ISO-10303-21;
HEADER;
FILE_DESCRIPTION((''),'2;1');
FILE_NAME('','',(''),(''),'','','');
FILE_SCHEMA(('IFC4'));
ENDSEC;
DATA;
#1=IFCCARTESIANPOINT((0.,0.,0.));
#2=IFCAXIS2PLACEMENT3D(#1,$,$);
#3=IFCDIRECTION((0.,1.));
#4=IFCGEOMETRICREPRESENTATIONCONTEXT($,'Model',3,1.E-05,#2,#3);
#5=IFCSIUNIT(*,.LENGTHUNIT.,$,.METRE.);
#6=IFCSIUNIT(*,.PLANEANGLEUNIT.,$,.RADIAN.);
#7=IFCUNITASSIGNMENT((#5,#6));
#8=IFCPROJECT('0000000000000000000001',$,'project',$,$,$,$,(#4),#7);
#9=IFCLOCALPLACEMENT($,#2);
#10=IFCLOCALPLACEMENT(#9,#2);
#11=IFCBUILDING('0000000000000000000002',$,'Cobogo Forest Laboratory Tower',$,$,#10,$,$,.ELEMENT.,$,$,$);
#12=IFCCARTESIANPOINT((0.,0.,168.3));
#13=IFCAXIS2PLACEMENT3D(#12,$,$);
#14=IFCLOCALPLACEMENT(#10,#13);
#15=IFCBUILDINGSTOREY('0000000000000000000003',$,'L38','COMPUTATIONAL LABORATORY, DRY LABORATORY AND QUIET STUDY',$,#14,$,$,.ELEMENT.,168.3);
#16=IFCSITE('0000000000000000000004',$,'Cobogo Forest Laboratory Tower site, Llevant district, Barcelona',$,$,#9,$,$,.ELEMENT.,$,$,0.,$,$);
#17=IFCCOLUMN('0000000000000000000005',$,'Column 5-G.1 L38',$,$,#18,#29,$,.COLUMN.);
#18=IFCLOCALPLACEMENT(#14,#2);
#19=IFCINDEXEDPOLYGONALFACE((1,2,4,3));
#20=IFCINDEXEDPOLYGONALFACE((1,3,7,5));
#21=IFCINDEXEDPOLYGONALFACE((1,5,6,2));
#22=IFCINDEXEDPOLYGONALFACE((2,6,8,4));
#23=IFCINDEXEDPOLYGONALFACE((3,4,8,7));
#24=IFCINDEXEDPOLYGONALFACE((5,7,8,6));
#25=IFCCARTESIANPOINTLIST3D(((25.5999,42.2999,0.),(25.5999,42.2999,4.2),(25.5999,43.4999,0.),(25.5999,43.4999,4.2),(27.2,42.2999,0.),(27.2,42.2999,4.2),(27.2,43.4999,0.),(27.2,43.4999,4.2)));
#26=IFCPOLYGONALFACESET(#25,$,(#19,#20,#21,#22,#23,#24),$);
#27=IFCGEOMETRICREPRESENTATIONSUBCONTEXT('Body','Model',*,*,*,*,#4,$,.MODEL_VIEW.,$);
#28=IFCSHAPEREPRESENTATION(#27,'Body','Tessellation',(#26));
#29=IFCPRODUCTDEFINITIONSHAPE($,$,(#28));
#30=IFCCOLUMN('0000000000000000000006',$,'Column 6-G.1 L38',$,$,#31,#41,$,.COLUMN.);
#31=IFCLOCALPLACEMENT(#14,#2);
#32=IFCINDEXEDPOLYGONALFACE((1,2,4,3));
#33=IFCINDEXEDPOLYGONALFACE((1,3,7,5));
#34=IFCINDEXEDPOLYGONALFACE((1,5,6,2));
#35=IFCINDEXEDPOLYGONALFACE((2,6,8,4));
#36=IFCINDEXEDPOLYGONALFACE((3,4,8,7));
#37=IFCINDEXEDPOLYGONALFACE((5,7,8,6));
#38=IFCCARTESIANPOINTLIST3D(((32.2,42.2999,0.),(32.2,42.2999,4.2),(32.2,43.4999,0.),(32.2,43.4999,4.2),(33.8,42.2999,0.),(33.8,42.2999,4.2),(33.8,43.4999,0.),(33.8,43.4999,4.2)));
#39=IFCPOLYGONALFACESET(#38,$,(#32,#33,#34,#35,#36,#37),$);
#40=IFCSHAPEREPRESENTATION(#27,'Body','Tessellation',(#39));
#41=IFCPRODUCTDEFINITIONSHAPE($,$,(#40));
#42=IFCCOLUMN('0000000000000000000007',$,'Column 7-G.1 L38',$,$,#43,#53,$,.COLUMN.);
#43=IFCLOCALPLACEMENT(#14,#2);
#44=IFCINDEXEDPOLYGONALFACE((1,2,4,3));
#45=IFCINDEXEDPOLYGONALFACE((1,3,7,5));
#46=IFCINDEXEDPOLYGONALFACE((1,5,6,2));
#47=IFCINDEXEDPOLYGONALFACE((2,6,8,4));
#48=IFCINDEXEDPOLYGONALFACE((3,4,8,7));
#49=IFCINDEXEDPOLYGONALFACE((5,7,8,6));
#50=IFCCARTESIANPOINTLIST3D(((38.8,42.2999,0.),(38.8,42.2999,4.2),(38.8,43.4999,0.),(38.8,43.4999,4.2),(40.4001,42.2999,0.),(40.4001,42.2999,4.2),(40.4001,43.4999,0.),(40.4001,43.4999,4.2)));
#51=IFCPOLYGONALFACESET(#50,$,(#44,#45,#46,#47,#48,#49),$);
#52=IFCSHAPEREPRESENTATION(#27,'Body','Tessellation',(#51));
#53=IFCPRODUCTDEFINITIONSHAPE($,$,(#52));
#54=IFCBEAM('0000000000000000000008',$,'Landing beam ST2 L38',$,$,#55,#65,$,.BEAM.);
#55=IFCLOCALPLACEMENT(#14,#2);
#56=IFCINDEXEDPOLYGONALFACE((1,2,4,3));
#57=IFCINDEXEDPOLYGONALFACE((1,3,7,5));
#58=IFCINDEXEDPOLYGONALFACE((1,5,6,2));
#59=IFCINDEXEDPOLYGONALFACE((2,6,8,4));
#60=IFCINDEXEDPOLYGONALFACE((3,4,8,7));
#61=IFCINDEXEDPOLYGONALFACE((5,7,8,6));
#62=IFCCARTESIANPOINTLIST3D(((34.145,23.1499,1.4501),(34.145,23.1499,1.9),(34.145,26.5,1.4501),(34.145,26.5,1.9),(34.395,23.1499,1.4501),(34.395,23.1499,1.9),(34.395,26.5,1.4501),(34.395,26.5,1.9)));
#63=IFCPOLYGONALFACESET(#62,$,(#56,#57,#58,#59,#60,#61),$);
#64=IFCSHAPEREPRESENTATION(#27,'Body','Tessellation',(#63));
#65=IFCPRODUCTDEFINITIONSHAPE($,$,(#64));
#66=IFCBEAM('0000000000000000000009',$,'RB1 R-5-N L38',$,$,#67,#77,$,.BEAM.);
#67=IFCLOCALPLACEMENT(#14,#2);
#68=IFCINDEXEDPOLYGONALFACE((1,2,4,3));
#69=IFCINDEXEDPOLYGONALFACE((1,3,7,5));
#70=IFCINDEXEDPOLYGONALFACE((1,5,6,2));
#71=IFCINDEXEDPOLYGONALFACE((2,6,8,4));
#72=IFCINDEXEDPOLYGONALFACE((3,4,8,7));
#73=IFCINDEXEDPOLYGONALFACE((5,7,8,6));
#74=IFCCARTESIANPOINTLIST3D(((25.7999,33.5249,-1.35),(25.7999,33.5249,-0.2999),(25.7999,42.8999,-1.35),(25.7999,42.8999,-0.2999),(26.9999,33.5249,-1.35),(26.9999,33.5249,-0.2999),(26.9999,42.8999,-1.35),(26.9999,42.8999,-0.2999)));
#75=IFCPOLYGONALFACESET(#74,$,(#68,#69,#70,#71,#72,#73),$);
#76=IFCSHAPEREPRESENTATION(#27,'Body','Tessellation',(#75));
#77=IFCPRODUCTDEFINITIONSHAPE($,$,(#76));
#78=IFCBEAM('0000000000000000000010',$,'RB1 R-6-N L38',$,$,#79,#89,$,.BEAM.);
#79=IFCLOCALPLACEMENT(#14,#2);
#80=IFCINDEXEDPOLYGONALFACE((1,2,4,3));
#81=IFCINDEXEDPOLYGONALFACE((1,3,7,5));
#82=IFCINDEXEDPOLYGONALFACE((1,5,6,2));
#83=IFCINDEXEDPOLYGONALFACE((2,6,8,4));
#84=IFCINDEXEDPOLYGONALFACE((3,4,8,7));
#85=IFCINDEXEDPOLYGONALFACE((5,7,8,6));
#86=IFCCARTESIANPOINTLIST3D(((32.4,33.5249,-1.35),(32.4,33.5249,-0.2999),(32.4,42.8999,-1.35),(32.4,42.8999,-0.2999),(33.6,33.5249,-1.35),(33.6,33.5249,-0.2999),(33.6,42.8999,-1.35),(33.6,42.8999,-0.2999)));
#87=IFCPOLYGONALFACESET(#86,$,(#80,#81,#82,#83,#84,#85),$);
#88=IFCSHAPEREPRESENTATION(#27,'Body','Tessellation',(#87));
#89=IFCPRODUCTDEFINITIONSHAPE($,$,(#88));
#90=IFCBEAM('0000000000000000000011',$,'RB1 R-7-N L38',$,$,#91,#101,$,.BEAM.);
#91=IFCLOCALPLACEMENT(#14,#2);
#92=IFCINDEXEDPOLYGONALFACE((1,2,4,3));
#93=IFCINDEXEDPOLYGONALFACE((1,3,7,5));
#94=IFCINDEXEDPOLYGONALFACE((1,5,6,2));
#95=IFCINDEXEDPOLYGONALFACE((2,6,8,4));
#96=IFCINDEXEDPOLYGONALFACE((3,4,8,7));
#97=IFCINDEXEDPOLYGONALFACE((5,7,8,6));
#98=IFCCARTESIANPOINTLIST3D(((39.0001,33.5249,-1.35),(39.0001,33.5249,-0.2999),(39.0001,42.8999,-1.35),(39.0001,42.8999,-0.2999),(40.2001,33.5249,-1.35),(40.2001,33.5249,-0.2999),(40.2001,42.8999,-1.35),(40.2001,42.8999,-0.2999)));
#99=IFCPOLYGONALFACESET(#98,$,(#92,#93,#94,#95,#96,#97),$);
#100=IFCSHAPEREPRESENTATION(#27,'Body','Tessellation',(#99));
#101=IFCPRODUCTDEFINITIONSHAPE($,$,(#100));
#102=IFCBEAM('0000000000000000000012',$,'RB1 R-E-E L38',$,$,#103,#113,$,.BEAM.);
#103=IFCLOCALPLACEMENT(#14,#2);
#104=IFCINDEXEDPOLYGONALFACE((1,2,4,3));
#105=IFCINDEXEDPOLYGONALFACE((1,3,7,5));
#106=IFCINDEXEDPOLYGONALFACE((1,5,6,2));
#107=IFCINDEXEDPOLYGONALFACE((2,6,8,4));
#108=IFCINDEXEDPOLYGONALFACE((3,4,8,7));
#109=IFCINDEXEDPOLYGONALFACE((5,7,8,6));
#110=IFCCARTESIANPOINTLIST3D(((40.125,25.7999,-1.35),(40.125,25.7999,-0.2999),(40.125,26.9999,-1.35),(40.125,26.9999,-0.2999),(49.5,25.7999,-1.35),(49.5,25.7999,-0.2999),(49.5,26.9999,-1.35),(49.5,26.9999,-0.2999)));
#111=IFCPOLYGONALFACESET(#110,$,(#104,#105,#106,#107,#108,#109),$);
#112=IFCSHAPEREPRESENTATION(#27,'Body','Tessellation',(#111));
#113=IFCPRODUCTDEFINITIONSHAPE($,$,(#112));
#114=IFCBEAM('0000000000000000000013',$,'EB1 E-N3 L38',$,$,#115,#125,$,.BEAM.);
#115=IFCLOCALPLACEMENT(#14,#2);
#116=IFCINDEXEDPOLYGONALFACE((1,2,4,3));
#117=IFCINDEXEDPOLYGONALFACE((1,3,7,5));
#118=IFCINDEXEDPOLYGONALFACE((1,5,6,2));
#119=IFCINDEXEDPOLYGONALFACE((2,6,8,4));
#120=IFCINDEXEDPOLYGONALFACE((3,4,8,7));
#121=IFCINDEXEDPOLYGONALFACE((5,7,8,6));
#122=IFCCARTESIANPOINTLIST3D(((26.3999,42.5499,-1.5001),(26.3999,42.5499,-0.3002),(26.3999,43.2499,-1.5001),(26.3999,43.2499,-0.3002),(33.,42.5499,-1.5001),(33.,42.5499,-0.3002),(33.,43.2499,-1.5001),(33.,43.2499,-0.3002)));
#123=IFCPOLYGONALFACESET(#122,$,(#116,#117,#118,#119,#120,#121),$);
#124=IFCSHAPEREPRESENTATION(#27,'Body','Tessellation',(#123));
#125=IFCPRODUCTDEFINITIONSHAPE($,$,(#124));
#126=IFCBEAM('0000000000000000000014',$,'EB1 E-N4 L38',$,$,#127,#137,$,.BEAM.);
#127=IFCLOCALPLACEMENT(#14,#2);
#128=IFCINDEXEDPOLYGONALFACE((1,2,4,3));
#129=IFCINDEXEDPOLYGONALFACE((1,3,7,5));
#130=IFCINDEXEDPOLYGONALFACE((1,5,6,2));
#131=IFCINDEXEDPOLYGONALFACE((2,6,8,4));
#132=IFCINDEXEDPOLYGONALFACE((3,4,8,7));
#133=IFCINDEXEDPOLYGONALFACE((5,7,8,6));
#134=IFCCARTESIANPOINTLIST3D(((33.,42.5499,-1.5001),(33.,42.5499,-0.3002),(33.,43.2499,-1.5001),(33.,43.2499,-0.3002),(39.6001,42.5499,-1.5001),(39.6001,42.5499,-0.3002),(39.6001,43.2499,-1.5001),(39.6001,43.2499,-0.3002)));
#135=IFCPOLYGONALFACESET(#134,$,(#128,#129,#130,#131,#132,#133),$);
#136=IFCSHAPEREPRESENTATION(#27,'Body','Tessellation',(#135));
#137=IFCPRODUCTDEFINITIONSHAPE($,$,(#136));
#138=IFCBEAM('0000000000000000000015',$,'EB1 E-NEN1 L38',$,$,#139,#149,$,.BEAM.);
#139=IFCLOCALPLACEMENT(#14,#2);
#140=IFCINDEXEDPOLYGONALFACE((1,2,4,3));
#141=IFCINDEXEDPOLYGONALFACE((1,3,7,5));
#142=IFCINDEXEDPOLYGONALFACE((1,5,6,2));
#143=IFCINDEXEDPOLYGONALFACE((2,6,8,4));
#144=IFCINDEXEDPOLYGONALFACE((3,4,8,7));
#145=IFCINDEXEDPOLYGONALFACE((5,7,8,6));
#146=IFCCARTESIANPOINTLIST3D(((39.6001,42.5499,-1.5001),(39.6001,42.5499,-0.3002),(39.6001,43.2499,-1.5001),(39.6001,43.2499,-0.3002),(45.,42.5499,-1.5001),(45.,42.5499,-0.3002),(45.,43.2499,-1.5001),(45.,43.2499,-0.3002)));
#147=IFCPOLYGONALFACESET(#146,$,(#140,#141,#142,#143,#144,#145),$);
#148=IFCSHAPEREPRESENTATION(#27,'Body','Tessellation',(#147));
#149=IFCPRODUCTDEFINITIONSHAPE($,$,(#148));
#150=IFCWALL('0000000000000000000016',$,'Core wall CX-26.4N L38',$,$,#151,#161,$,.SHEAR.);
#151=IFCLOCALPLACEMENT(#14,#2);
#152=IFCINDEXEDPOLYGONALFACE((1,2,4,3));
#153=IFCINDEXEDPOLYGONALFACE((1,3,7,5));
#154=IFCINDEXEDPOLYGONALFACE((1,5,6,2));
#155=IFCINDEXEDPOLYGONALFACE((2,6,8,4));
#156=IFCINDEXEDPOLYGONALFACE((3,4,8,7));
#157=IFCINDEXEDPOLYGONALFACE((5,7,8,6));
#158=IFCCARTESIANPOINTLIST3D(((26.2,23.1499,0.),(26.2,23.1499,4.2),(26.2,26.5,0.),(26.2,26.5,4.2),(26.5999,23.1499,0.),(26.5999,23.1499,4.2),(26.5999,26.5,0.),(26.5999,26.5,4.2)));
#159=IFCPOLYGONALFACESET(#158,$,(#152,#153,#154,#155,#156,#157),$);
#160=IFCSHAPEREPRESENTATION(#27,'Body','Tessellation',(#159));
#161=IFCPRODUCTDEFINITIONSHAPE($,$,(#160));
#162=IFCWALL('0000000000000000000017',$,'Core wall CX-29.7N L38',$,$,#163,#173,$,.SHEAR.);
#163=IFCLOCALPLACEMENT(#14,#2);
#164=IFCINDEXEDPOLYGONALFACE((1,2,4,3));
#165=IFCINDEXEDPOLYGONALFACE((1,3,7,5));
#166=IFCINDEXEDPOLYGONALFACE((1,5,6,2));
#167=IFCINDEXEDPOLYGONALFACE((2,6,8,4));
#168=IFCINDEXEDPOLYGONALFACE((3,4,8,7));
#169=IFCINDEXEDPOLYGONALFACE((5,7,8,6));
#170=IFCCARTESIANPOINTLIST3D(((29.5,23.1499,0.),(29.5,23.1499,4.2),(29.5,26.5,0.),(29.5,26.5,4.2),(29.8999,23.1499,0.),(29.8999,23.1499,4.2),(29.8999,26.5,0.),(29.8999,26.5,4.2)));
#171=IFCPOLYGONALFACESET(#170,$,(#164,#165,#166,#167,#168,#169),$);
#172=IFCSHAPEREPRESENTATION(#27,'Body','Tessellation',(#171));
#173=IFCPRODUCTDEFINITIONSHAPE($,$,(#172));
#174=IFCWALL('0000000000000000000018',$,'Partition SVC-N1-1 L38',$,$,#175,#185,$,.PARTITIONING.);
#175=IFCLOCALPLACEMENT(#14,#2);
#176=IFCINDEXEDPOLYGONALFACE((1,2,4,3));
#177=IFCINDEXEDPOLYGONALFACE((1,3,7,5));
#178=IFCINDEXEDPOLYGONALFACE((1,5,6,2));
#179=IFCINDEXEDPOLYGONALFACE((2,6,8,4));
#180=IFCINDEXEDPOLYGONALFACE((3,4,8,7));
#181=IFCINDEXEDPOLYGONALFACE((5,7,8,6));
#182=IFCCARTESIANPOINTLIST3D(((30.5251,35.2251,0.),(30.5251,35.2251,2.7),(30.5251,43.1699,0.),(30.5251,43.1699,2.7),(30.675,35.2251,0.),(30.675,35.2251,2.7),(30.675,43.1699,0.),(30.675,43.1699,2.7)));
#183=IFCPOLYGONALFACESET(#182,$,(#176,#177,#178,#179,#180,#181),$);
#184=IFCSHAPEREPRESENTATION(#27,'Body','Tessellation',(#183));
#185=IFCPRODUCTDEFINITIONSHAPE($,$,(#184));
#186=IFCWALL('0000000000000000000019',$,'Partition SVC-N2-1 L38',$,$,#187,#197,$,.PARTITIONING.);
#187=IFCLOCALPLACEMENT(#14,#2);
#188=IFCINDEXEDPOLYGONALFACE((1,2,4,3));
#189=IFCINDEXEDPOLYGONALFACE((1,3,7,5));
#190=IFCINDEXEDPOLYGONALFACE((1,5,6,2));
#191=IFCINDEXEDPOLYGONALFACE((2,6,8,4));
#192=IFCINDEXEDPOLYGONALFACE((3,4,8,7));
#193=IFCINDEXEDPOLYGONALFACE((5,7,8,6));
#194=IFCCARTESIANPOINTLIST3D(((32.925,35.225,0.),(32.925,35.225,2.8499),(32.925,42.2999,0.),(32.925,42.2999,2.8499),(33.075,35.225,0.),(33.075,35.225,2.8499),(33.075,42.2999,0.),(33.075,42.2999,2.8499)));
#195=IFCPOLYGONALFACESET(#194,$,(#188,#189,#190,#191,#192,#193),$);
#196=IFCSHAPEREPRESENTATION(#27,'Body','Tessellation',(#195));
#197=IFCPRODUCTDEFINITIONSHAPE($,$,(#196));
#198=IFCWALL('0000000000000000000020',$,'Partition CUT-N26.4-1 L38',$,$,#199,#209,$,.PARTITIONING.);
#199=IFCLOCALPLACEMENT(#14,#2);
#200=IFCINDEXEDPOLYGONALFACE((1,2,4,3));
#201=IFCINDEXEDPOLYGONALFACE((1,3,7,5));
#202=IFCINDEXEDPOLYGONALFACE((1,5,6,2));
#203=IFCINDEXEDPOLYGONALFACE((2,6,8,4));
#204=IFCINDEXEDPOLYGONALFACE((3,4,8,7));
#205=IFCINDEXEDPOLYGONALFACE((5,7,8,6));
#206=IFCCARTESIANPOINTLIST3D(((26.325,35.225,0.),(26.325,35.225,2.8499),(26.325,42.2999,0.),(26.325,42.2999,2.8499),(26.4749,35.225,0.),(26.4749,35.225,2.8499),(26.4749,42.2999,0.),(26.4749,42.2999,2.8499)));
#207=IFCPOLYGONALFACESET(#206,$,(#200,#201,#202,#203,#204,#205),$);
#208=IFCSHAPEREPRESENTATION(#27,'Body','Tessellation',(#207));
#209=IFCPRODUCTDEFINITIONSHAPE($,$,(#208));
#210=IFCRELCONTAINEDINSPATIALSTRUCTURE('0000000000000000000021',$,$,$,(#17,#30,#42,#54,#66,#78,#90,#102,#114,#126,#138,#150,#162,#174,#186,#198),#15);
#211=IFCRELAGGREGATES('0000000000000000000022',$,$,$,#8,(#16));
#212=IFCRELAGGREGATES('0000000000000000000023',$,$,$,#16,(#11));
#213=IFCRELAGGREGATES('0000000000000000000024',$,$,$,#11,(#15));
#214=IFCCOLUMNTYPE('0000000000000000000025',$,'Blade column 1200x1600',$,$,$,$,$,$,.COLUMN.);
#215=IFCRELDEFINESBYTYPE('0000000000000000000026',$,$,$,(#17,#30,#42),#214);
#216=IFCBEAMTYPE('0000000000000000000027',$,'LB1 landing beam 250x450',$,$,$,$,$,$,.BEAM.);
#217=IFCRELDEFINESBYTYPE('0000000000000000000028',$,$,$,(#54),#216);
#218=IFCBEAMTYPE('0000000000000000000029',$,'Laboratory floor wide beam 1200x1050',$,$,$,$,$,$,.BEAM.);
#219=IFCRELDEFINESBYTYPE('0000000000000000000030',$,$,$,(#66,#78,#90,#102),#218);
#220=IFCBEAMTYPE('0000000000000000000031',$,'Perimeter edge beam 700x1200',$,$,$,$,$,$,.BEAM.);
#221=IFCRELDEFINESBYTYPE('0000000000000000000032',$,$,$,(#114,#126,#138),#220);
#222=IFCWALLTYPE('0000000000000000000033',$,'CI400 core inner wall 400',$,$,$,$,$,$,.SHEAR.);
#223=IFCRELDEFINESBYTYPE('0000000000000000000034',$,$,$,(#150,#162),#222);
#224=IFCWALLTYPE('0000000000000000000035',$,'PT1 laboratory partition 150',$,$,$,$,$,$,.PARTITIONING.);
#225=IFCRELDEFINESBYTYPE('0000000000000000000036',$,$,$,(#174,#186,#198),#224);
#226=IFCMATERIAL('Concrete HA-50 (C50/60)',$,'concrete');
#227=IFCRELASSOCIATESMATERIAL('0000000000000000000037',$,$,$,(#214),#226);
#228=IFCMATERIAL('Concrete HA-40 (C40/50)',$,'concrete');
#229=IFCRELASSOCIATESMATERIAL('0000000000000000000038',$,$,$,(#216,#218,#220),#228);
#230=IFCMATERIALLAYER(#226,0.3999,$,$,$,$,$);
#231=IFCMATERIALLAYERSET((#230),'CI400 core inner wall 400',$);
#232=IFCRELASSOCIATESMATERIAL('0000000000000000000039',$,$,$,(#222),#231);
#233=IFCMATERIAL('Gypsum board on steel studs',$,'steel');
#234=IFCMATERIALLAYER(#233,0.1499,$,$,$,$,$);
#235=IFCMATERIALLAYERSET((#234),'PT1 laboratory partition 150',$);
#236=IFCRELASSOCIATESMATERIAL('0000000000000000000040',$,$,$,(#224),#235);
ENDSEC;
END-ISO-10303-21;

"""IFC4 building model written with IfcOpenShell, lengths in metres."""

from ifc_helpers import new_model, si_unit, direction, frame, frame_2d, origin, origin_2d, place, context, subcontext, project, spatial, rectangle, extrude, material, layer, layer_set, material_profile, profile_set, type_object, element, save


model = new_model("IFC4")

# Units and contexts
model_context = context("Model", 3, precision=1e-05, world=origin(), true_north=direction((0.0, 1.0)))
body_context = subcontext(model_context, "Body", "Model", "MODEL_VIEW")
ifc_project = project(units=[si_unit("LENGTHUNIT", "METRE"), si_unit("PLANEANGLEUNIT", "RADIAN")], contexts=[model_context])

# Site, building, storey
site_placement = place(None, origin())
site = spatial("IfcSite", under=ifc_project, at=site_placement, Name="Cobogo Forest Laboratory Tower site, Llevant district, Barcelona", CompositionType="ELEMENT", RefElevation=0.0)
building_placement = place(site_placement, origin())
building = spatial("IfcBuilding", under=site, at=building_placement, Name="Cobogo Forest Laboratory Tower", CompositionType="ELEMENT")
storey_placement = place(building_placement, frame((0.0, 0.0, 168.3)))
storey = spatial("IfcBuildingStorey", under=building, at=storey_placement, Name="L38", Description="COMPUTATIONAL LABORATORY, DRY LABORATORY AND QUIET STUDY", CompositionType="ELEMENT", Elevation=168.3)

# Columns
ifc_material_1 = material(Name="Concrete HA-50 (C50/60)", Category="concrete")
ifc_material_profile_1 = material_profile(ifc_material_1, rectangle(XDim=1.6001, YDim=1.2, at=origin_2d()), Name="RC 1200x1600")
ifc_profile_set_1 = profile_set([ifc_material_profile_1], Name="Concrete HA-50 (C50/60)")
column_type = type_object("IfcColumnType", Name="Blade column 1200x1600", PredefinedType="COLUMN", material=ifc_profile_set_1)
for number, where, z_axis, x_axis, name in (
    (1, (26.3999, 42.8999, 0.0), (0.0, 0.0, 1.0), (1.0, 0.0, 0.0), "Column 5-G.1 L38"),
    (2, (33.0, 42.8999, 0.0), (0.0, 0.0, 1.0), (1.0, 0.0, 0.0), "Column 6-G.1 L38"),
    (3, (39.6001, 42.8999, 0.0), (0.0, 0.0, 1.0), (1.0, 0.0, 0.0), "Column 7-G.1 L38"),
):
    element("IfcColumn", number, at=place(storey_placement, frame(where, z_axis=z_axis, x_axis=x_axis)), inside=storey, type_object=column_type, Name=name, PredefinedType="COLUMN", context=body_context, shape_type="SweptSolid", body=[
        extrude(rectangle(XDim=1.6001, YDim=1.2, at=origin_2d()), origin(), (0.0, 0.0, 1.0), 4.2),
    ])

# Beams
ifc_material_2 = material(Name="Concrete HA-40 (C40/50)", Category="concrete")
ifc_material_profile_2 = material_profile(ifc_material_2, rectangle(XDim=0.25, YDim=0.45, at=origin_2d()), Name="RC 250x450")
ifc_profile_set_2 = profile_set([ifc_material_profile_2], Name="Concrete HA-40 (C40/50)")
beam_type_1 = type_object("IfcBeamType", Name="LB1 landing beam 250x450", PredefinedType="BEAM", material=ifc_profile_set_2)
beam_1_placement = place(storey_placement, frame((34.27, 23.1499, 1.675), z_axis=(0.0, 1.0, 0.0), x_axis=(-1.0, 0.0, 0.0)))
element("IfcBeam", 4, at=beam_1_placement, inside=storey, type_object=beam_type_1, Name="Landing beam ST2 L38", PredefinedType="BEAM", context=body_context, shape_type="SweptSolid", body=[
    extrude(rectangle(XDim=0.25, YDim=0.45, at=origin_2d()), origin(), (0.0, 0.0, 1.0), 3.3501),
])
ifc_material_profile_3 = material_profile(ifc_material_2, rectangle(XDim=1.2, YDim=1.05, at=origin_2d()), Name="RC 1200x1050")
ifc_profile_set_3 = profile_set([ifc_material_profile_3], Name="Concrete HA-40 (C40/50)")
beam_type_2 = type_object("IfcBeamType", Name="Laboratory floor wide beam 1200x1050", PredefinedType="BEAM", material=ifc_profile_set_3)
for number, where, z_axis, x_axis, name in (
    (5, (26.3999, 33.5249, -0.825), (0.0, 1.0, 0.0), (-1.0, 0.0, 0.0), "RB1 R-5-N L38"),
    (6, (33.0, 33.5249, -0.825), (0.0, 1.0, 0.0), (-1.0, 0.0, 0.0), "RB1 R-6-N L38"),
    (7, (39.6001, 33.5249, -0.825), (0.0, 1.0, 0.0), (-1.0, 0.0, 0.0), "RB1 R-7-N L38"),
    (8, (40.125, 26.3999, -0.825), (1.0, 0.0, 0.0), (0.0, 1.0, 0.0), "RB1 R-E-E L38"),
):
    element("IfcBeam", number, at=place(storey_placement, frame(where, z_axis=z_axis, x_axis=x_axis)), inside=storey, type_object=beam_type_2, Name=name, PredefinedType="BEAM", context=body_context, shape_type="SweptSolid", body=[
        extrude(rectangle(XDim=1.2, YDim=1.05, at=origin_2d()), origin(), (0.0, 0.0, 1.0), 9.375),
    ])
ifc_material_profile_4 = material_profile(ifc_material_2, rectangle(XDim=0.7, YDim=1.2, at=origin_2d()), Name="RC 700x1200")
ifc_profile_set_4 = profile_set([ifc_material_profile_4], Name="Concrete HA-40 (C40/50)")
beam_type_3 = type_object("IfcBeamType", Name="Perimeter edge beam 700x1200", PredefinedType="BEAM", material=ifc_profile_set_4)
for number, where, z_axis, x_axis, name in (
    (9, (26.3999, 42.8999, -0.9001), (1.0, 0.0, 0.0), (0.0, 1.0, 0.0), "EB1 E-N3 L38"),
    (10, (33.0, 42.8999, -0.9001), (1.0, 0.0, 0.0), (0.0, 1.0, 0.0), "EB1 E-N4 L38"),
):
    element("IfcBeam", number, at=place(storey_placement, frame(where, z_axis=z_axis, x_axis=x_axis)), inside=storey, type_object=beam_type_3, Name=name, PredefinedType="BEAM", context=body_context, shape_type="SweptSolid", body=[
        extrude(rectangle(XDim=0.7, YDim=1.2, at=origin_2d()), origin(), (0.0, 0.0, 1.0), 6.6001),
    ])
beam_2_placement = place(storey_placement, frame((39.6001, 42.8999, -0.9001), z_axis=(1.0, 0.0, 0.0), x_axis=(0.0, 1.0, 0.0)))
element("IfcBeam", 11, at=beam_2_placement, inside=storey, type_object=beam_type_3, Name="EB1 E-NEN1 L38", PredefinedType="BEAM", context=body_context, shape_type="SweptSolid", body=[
    extrude(rectangle(XDim=0.7, YDim=1.2, at=origin_2d()), origin(), (0.0, 0.0, 1.0), 5.3999),
])

# Walls
ifc_layer_1 = layer(ifc_material_1, 0.3999)
ifc_layer_set_1 = layer_set([ifc_layer_1], Name="CI400 core inner wall 400")
wall_type_1 = type_object("IfcWallType", Name="CI400 core inner wall 400", PredefinedType="SHEAR", material=ifc_layer_set_1)
for number, where, z_axis, x_axis, name in (
    (12, (26.3999, 23.1499, 0.0), (0.0, 0.0, 1.0), (0.0, 1.0, 0.0), "Core wall CX-26.4N L38"),
    (13, (29.7, 23.1499, 0.0), (0.0, 0.0, 1.0), (0.0, 1.0, 0.0), "Core wall CX-29.7N L38"),
):
    element("IfcWall", number, at=place(storey_placement, frame(where, z_axis=z_axis, x_axis=x_axis)), inside=storey, type_object=wall_type_1, Name=name, PredefinedType="SHEAR", context=body_context, shape_type="SweptSolid", body=[
        extrude(rectangle(XDim=3.3501, YDim=0.3999, at=frame_2d((1.675, 0.0))), origin(), (0.0, 0.0, 1.0), 4.2),
    ])
ifc_material_3 = material(Name="Gypsum board on steel studs", Category="steel")
ifc_layer_2 = layer(ifc_material_3, 0.1499)
ifc_layer_set_2 = layer_set([ifc_layer_2], Name="PT1 laboratory partition 150")
wall_type_2 = type_object("IfcWallType", Name="PT1 laboratory partition 150", PredefinedType="PARTITIONING", material=ifc_layer_set_2)
wall_placement = place(storey_placement, frame((30.6001, 43.1699, 0.0), z_axis=(0.0, 0.0, 1.0), x_axis=(0.0, -1.0, 0.0)))
element("IfcWall", 14, at=wall_placement, inside=storey, type_object=wall_type_2, Name="Partition SVC-N1-1 L38", PredefinedType="PARTITIONING", context=body_context, shape_type="SweptSolid", body=[
    extrude(rectangle(XDim=7.9448, YDim=0.1499, at=frame_2d((3.9724, 0.0))), origin(), (0.0, 0.0, 1.0), 2.7),
])
for number, where, z_axis, x_axis, name in (
    (15, (33.0, 42.3, 0.0), (0.0, 0.0, 1.0), (0.0, -1.0, 0.0), "Partition SVC-N2-1 L38"),
    (16, (26.3999, 42.3, 0.0), (0.0, 0.0, 1.0), (0.0, -1.0, 0.0), "Partition CUT-N26.4-1 L38"),
):
    element("IfcWall", number, at=place(storey_placement, frame(where, z_axis=z_axis, x_axis=x_axis)), inside=storey, type_object=wall_type_2, Name=name, PredefinedType="PARTITIONING", context=body_context, shape_type="SweptSolid", body=[
        extrude(rectangle(XDim=7.075, YDim=0.1499, at=frame_2d((3.5376, 0.0))), origin(), (0.0, 0.0, 1.0), 2.8499),
    ])

save(model, "model.ifc")
